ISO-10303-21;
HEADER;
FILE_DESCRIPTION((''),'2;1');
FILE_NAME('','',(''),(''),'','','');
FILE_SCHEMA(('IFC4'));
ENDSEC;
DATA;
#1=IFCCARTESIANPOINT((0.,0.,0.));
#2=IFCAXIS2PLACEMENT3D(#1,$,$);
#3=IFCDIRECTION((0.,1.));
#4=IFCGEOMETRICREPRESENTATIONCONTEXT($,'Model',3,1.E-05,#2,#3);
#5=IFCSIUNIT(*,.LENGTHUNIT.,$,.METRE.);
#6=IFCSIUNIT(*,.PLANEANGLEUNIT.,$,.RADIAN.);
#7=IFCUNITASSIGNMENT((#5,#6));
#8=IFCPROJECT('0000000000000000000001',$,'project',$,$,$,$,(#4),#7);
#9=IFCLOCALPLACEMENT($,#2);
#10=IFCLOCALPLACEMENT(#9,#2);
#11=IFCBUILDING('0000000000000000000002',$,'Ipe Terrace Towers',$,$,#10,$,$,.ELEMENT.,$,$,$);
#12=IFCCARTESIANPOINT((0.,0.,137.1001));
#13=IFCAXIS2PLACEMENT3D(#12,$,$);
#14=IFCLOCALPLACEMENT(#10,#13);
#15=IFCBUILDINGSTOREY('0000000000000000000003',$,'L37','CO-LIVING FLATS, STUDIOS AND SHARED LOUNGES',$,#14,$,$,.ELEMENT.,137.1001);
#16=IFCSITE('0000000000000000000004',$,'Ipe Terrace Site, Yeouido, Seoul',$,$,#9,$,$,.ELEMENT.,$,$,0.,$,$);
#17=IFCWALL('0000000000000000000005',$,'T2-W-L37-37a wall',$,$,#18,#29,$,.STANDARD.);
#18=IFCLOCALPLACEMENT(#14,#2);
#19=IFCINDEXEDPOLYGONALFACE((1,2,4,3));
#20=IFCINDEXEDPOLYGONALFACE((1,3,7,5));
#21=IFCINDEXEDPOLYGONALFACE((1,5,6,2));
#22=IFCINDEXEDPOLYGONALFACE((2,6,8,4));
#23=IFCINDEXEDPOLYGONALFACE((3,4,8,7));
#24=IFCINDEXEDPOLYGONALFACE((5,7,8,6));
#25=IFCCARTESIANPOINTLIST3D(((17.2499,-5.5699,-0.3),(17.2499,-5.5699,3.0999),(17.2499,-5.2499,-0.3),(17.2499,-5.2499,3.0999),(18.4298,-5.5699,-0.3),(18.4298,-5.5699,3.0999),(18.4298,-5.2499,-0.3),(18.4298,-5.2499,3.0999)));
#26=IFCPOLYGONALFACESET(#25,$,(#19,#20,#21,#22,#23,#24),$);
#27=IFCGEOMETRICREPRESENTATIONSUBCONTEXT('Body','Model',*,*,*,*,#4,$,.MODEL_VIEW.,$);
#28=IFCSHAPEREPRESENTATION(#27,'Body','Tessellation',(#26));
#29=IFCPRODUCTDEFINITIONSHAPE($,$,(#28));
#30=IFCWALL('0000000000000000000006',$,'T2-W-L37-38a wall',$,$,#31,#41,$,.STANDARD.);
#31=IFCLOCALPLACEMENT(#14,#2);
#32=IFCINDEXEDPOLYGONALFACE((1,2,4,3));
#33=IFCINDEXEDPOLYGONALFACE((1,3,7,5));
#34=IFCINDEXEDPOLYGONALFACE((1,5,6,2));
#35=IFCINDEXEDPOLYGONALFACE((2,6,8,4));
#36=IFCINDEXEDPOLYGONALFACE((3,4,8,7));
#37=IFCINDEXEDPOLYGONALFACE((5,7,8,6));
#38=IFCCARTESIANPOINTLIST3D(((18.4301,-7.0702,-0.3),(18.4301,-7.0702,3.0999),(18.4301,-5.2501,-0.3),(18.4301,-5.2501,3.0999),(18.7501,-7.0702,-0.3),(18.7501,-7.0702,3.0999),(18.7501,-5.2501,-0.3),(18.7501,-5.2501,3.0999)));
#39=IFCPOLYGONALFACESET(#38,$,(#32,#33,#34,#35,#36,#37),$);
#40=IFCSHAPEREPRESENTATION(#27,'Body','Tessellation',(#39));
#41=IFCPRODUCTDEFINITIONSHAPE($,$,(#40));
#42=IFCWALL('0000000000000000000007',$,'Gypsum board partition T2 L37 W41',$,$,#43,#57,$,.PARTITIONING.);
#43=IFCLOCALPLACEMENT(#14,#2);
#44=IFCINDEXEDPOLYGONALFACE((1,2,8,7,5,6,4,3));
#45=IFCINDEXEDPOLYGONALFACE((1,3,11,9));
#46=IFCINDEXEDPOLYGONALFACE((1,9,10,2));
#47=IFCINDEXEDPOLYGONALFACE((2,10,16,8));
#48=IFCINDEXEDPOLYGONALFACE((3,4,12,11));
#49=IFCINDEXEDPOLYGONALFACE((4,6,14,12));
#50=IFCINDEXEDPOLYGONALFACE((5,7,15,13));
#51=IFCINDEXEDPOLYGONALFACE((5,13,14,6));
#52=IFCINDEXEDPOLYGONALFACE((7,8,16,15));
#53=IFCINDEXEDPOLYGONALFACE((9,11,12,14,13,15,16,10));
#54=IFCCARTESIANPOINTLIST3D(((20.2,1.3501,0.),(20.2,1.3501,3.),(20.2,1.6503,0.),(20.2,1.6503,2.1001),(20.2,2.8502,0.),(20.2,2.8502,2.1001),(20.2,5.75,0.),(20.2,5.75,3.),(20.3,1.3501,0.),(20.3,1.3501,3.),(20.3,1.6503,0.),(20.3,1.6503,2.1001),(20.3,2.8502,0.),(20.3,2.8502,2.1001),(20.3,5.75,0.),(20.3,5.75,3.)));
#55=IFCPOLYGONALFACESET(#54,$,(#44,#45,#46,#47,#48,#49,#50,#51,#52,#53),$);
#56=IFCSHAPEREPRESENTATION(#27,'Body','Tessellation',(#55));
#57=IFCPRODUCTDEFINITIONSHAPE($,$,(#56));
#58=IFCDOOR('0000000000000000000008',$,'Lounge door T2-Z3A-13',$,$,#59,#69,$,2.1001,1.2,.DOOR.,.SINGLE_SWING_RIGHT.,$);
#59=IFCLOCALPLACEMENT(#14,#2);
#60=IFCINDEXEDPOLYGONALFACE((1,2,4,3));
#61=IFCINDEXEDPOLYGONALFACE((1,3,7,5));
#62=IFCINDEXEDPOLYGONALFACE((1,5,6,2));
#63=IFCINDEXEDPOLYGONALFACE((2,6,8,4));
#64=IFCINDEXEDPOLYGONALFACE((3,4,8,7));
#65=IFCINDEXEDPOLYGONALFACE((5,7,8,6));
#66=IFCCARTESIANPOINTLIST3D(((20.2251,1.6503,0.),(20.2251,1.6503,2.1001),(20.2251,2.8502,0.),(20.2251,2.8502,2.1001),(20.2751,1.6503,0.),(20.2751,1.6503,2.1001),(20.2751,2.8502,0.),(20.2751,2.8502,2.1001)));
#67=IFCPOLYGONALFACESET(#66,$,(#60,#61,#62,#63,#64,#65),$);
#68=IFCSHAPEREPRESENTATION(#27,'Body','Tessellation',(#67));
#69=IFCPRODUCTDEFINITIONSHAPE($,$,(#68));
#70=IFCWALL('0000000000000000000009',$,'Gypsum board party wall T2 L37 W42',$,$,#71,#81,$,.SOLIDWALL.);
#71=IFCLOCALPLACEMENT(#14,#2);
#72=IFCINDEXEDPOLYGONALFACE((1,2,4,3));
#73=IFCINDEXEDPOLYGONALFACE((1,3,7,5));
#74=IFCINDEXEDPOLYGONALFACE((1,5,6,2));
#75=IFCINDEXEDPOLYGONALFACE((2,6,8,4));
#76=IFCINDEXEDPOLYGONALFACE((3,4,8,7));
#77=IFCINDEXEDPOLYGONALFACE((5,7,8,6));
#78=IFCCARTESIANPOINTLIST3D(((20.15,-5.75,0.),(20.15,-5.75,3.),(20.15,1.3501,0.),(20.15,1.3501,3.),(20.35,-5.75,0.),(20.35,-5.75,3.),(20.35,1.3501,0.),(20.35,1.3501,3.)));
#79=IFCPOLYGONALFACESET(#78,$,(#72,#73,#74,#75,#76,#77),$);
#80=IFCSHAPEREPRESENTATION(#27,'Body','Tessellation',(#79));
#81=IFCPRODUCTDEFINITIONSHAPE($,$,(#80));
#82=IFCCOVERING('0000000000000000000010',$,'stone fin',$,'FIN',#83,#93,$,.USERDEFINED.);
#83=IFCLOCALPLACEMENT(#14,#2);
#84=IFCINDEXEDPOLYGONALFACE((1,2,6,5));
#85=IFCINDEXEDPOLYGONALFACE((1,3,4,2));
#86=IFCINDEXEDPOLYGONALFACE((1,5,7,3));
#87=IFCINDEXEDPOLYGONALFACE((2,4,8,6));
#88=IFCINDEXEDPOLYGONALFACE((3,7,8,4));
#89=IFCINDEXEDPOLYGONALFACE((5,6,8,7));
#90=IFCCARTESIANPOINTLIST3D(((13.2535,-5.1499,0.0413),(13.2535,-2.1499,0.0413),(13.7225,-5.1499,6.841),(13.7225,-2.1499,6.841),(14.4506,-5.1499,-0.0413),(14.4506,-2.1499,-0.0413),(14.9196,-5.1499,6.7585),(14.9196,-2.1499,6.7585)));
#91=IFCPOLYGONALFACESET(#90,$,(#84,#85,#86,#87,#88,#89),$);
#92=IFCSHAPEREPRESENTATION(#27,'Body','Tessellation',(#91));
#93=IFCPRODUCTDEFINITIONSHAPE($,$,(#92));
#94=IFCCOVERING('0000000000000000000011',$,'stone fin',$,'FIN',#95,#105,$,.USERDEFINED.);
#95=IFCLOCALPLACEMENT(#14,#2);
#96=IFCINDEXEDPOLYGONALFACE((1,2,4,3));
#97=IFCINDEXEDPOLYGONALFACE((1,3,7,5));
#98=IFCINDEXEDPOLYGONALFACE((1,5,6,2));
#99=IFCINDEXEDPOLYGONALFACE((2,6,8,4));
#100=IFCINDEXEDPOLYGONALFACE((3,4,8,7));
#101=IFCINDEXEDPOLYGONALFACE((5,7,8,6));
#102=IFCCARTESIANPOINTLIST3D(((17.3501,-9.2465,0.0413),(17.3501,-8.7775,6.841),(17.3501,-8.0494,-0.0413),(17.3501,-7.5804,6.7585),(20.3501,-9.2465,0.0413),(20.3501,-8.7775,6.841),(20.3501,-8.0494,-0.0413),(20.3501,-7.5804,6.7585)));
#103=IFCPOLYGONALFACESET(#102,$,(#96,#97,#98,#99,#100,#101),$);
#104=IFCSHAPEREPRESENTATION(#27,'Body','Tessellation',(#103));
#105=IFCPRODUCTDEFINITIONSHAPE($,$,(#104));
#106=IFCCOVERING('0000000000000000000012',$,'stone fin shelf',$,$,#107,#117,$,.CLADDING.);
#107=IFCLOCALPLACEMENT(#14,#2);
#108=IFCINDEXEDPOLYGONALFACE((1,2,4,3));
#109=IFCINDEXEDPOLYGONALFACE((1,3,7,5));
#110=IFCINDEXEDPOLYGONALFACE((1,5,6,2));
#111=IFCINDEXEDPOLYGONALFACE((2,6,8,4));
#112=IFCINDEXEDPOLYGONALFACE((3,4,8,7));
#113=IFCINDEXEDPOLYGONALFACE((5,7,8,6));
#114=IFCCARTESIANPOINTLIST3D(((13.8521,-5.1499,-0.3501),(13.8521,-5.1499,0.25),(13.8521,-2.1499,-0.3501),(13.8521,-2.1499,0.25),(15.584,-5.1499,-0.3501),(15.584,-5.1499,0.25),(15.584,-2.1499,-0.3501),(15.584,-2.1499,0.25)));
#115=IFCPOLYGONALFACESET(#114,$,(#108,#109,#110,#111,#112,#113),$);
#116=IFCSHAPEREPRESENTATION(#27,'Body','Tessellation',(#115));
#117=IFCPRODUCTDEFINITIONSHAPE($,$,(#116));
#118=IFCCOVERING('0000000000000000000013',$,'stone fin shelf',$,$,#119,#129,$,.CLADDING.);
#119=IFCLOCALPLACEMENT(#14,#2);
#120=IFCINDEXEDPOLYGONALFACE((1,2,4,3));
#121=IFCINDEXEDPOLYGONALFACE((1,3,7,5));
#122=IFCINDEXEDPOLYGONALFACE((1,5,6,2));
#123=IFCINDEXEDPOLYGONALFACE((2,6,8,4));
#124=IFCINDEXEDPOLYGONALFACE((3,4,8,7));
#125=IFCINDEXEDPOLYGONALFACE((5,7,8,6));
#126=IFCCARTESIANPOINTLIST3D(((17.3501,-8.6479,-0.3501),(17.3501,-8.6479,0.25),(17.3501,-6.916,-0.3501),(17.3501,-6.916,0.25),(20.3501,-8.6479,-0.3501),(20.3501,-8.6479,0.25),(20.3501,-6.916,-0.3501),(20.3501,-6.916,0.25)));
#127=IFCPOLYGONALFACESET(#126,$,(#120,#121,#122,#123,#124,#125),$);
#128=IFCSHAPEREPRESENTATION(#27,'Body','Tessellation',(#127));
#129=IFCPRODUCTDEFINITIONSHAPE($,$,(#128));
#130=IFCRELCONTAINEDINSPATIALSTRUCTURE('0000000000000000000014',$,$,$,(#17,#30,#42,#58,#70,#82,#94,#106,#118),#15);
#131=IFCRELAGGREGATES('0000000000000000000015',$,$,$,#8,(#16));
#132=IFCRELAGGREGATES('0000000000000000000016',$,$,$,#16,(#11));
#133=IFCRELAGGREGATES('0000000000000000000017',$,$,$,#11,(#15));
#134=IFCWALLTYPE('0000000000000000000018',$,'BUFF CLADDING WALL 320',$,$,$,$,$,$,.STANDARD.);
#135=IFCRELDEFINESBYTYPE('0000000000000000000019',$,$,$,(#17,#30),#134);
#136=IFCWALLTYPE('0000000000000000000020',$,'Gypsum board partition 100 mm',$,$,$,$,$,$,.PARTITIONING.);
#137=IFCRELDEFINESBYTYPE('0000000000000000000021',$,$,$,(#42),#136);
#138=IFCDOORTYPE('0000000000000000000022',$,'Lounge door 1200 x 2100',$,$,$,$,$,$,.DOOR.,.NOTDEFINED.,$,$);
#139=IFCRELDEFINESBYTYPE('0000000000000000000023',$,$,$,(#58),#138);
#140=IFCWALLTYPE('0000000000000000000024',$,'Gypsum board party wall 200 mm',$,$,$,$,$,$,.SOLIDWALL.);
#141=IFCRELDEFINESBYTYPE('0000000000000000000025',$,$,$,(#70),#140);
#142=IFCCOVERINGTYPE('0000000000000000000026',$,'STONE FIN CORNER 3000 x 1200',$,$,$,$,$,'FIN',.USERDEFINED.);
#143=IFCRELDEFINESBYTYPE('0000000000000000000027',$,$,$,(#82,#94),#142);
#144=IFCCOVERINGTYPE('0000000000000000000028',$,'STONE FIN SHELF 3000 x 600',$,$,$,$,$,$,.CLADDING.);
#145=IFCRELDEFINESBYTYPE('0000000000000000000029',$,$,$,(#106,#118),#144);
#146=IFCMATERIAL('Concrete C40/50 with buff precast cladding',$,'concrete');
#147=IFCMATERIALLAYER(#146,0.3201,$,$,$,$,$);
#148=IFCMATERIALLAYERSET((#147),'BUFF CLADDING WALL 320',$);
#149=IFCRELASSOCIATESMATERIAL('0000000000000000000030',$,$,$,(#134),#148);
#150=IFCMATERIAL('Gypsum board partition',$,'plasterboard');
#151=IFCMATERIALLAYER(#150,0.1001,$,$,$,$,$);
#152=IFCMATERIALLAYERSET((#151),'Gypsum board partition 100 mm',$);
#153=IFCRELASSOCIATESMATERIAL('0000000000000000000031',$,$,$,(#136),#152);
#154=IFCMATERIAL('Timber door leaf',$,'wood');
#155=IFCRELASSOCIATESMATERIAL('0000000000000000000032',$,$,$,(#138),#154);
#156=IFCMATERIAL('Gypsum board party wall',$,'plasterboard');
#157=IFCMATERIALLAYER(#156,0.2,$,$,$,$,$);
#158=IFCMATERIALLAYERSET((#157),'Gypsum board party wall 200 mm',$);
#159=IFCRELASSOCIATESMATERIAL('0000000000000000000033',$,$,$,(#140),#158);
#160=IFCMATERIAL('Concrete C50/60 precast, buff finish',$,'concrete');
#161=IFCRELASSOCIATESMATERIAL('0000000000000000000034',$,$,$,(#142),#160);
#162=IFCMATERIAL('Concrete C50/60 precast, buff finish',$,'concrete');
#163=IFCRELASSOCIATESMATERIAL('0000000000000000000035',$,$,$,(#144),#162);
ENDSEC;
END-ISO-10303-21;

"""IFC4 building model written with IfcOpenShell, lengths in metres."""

from ifc_helpers import new_model, si_unit, direction, frame, frame_2d, origin, origin_2d, place, context, subcontext, project, spatial, rectangle, extrude, material, layer, layer_set, material_profile, profile_set, type_object, element, fill, save


model = new_model("IFC4")

# Units and contexts
model_context = context("Model", 3, precision=1e-05, world=origin(), true_north=direction((0.0, 1.0)))
body_context = subcontext(model_context, "Body", "Model", "MODEL_VIEW")
ifc_project = project(units=[si_unit("LENGTHUNIT", "METRE"), si_unit("PLANEANGLEUNIT", "RADIAN")], contexts=[model_context])

# Site, building, storey
site_placement = place(None, origin())
site = spatial("IfcSite", under=ifc_project, at=site_placement, Name="Ipe Terrace Site, Yeouido, Seoul", CompositionType="ELEMENT", RefElevation=0.0)
building_placement = place(site_placement, origin())
building = spatial("IfcBuilding", under=site, at=building_placement, Name="Ipe Terrace Towers", CompositionType="ELEMENT")
storey_placement = place(building_placement, frame((0.0, 0.0, 137.1001)))
storey = spatial("IfcBuildingStorey", under=building, at=storey_placement, Name="L37", Description="CO-LIVING FLATS, STUDIOS AND SHARED LOUNGES", CompositionType="ELEMENT", Elevation=137.1001)

# Walls
ifc_material_1 = material(Name="Concrete C40/50 with buff precast cladding", Category="concrete")
ifc_layer_1 = layer(ifc_material_1, 0.3201)
ifc_layer_set_1 = layer_set([ifc_layer_1], Name="BUFF CLADDING WALL 320")
wall_type_1 = type_object("IfcWallType", Name="BUFF CLADDING WALL 320", PredefinedType="STANDARD", material=ifc_layer_set_1)
wall_1_placement = place(storey_placement, frame((17.25, -5.4099, -0.3), z_axis=(0.0, 0.0, 1.0), x_axis=(1.0, 0.0, 0.0)))
element("IfcWall", 1, at=wall_1_placement, inside=storey, type_object=wall_type_1, Name="T2-W-L37-37a wall", PredefinedType="STANDARD", context=body_context, shape_type="SweptSolid", body=[
    extrude(rectangle(XDim=1.1799, YDim=0.3201, at=frame_2d((0.5898, 0.0))), origin(), (0.0, 0.0, 1.0), 3.3999),
])
wall_2_placement = place(storey_placement, frame((18.5901, -5.25, -0.3), z_axis=(0.0, 0.0, 1.0), x_axis=(0.0, -1.0, 0.0)))
element("IfcWall", 2, at=wall_2_placement, inside=storey, type_object=wall_type_1, Name="T2-W-L37-38a wall", PredefinedType="STANDARD", context=body_context, shape_type="SweptSolid", body=[
    extrude(rectangle(XDim=1.8201, YDim=0.3201, at=frame_2d((0.9102, 0.0))), origin(), (0.0, 0.0, 1.0), 3.3999),
])

# Wall, opening, door
ifc_material_2 = material(Name="Gypsum board partition", Category="plasterboard")
ifc_layer_2 = layer(ifc_material_2, 0.1001)
ifc_layer_set_2 = layer_set([ifc_layer_2], Name="Gypsum board partition 100 mm")
wall_type_2 = type_object("IfcWallType", Name="Gypsum board partition 100 mm", PredefinedType="PARTITIONING", material=ifc_layer_set_2)
wall_3_placement = place(storey_placement, frame((20.25, 1.3501, 0.0), z_axis=(0.0, 0.0, 1.0), x_axis=(0.0, 1.0, 0.0)))
wall_3 = element("IfcWall", 3, at=wall_3_placement, inside=storey, type_object=wall_type_2, Name="Gypsum board partition T2 L37 W41", PredefinedType="PARTITIONING", context=body_context, shape_type="SweptSolid", body=[
    extrude(rectangle(XDim=4.3999, YDim=0.1001, at=frame_2d((2.2, 0.0))), origin(), (0.0, 0.0, 1.0), 3.0),
])
opening_placement = place(wall_3_placement, frame((0.3, 0.0, 0.0)))
opening = element("IfcOpeningElement", 4, at=opening_placement, cuts=wall_3, PredefinedType="OPENING", context=body_context, shape_type="SweptSolid", body=[
    extrude(rectangle(XDim=1.2, YDim=2.1001, at=frame_2d((0.6001, 1.05))), frame((0.0, 0.0601, 0.0), z_axis=(0.0, -1.0, 0.0), x_axis=(1.0, 0.0, 0.0)), (0.0, 0.0, 1.0), 0.1201),
])
ifc_material_3 = material(Name="Timber door leaf", Category="wood")
door_type = type_object("IfcDoorType", Name="Lounge door 1200 x 2100", OperationType="NOTDEFINED", PredefinedType="DOOR", material=ifc_material_3)
door_placement = place(opening_placement, origin())
door = element("IfcDoor", 5, at=door_placement, inside=storey, type_object=door_type, Name="Lounge door T2-Z3A-13", OperationType="SINGLE_SWING_RIGHT", OverallHeight=2.1001, OverallWidth=1.2, PredefinedType="DOOR", context=body_context, shape_type="SweptSolid", body=[
    extrude(rectangle(XDim=1.2, YDim=2.1001, at=frame_2d((0.6001, 1.05))), frame((0.0, 0.0249, 0.0), z_axis=(0.0, -1.0, 0.0), x_axis=(1.0, 0.0, 0.0)), (0.0, 0.0, 1.0), 0.05),
])
fill(opening, door)

# Wall
ifc_material_4 = material(Name="Gypsum board party wall", Category="plasterboard")
ifc_layer_3 = layer(ifc_material_4, 0.2)
ifc_layer_set_3 = layer_set([ifc_layer_3], Name="Gypsum board party wall 200 mm")
wall_type_3 = type_object("IfcWallType", Name="Gypsum board party wall 200 mm", PredefinedType="SOLIDWALL", material=ifc_layer_set_3)
wall_4_placement = place(storey_placement, frame((20.25, -5.75, 0.0), z_axis=(0.0, 0.0, 1.0), x_axis=(0.0, 1.0, 0.0)))
element("IfcWall", 6, at=wall_4_placement, inside=storey, type_object=wall_type_3, Name="Gypsum board party wall T2 L37 W42", PredefinedType="SOLIDWALL", context=body_context, shape_type="SweptSolid", body=[
    extrude(rectangle(XDim=7.1001, YDim=0.2, at=frame_2d((3.55, 0.0))), origin(), (0.0, 0.0, 1.0), 3.0),
])

# Coverings
ifc_material_5 = material(Name="Concrete C50/60 precast, buff finish", Category="concrete")
ifc_material_profile_1 = material_profile(ifc_material_5, rectangle(XDim=3.0, YDim=1.2, at=origin_2d()), Name="STONE FIN CORNER 3000 x 1200")
ifc_profile_set_1 = profile_set([ifc_material_profile_1], Name="Concrete C50/60 precast, buff finish")
covering_type_1 = type_object("IfcCoveringType", Name="STONE FIN CORNER 3000 x 1200", ElementType="FIN", PredefinedType="USERDEFINED", material=ifc_profile_set_1)
for number, where, z_axis, x_axis, name in (
    (7, (13.8521, -3.6499, 0.0), (0.068808, 0.0, 0.99763), (0.0, -1.0, 0.0), "stone fin"),
    (8, (18.8501, -8.6479, 0.0), (0.0, 0.068808, 0.99763), (1.0, 0.0, 0.0), "stone fin"),
):
    element("IfcCovering", number, at=place(storey_placement, frame(where, z_axis=z_axis, x_axis=x_axis)), inside=storey, type_object=covering_type_1, Name=name, ObjectType="FIN", PredefinedType="USERDEFINED", context=body_context, shape_type="SweptSolid", body=[
        extrude(rectangle(XDim=3.0, YDim=1.2, at=origin_2d()), origin(), (0.0, 0.0, 1.0), 6.8159),
    ])
ifc_material_6 = material(Name="Concrete C50/60 precast, buff finish", Category="concrete")
covering_type_2 = type_object("IfcCoveringType", Name="STONE FIN SHELF 3000 x 600", PredefinedType="CLADDING", material=ifc_material_6)
for number, where, z_axis, x_axis, name in (
    (9, (14.718, -3.6499, -0.3501), (0.0, 0.0, 1.0), (0.0, -1.0, 0.0), "stone fin shelf"),
    (10, (18.8501, -7.782, -0.3501), (0.0, 0.0, 1.0), (1.0, 0.0, 0.0), "stone fin shelf"),
):
    element("IfcCovering", number, at=place(storey_placement, frame(where, z_axis=z_axis, x_axis=x_axis)), inside=storey, type_object=covering_type_2, Name=name, PredefinedType="CLADDING", context=body_context, shape_type="SweptSolid", body=[
        extrude(rectangle(XDim=3.0, YDim=1.7319, at=origin_2d()), origin(), (0.0, 0.0, 1.0), 0.6001),
    ])

save(model, "model.ifc")
